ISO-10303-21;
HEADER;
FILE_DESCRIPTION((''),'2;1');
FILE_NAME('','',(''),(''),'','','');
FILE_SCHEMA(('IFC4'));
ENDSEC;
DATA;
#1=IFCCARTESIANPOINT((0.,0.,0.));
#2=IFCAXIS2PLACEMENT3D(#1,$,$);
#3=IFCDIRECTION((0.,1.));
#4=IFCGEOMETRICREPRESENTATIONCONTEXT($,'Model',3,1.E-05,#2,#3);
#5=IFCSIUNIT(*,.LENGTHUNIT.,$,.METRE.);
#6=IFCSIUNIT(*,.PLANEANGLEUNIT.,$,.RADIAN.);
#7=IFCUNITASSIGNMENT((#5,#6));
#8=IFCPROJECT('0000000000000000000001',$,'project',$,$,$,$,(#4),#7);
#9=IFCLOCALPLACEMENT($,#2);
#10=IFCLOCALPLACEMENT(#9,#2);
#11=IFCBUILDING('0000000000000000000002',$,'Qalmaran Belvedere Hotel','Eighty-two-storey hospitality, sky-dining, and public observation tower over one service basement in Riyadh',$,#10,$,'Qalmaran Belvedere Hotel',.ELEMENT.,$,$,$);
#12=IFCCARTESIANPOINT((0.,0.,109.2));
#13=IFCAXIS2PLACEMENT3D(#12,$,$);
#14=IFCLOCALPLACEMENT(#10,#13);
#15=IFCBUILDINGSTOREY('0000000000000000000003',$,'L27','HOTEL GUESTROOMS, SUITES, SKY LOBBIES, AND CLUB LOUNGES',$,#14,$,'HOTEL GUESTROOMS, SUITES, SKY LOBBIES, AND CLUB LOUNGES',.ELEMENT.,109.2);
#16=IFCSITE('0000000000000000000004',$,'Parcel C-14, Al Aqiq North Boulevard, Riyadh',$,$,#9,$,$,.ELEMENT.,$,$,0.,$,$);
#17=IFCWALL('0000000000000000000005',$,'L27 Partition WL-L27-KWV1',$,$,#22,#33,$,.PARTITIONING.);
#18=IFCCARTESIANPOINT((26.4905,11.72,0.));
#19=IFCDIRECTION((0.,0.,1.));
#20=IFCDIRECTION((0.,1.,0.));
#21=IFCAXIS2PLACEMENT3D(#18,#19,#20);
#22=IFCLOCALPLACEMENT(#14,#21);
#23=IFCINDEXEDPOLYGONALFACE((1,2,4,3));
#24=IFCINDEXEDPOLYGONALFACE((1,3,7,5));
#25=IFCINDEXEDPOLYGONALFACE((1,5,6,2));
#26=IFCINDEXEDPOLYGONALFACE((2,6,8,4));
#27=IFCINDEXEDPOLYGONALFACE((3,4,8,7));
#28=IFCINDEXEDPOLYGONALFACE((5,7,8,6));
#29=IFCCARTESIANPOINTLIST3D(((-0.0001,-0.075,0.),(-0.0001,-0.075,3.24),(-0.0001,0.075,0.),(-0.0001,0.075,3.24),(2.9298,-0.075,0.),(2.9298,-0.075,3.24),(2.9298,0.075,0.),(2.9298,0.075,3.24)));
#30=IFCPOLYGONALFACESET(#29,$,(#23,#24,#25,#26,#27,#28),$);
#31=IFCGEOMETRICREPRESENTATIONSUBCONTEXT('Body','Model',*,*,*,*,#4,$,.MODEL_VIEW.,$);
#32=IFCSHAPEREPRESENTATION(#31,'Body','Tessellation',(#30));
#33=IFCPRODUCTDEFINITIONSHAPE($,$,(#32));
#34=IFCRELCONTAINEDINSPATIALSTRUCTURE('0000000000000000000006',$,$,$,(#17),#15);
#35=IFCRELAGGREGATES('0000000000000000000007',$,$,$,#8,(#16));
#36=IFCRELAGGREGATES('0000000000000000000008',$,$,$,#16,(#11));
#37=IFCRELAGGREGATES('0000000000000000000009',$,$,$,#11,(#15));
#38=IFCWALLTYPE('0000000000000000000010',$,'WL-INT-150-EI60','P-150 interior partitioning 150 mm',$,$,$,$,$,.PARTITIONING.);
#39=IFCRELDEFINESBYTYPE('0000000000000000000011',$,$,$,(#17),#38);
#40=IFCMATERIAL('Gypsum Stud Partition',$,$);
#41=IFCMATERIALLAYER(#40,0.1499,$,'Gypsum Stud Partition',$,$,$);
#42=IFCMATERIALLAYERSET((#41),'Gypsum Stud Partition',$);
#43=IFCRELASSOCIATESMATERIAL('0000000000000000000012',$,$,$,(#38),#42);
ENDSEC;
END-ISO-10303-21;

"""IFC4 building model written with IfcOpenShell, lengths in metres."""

from ifc_helpers import new_model, si_unit, direction, frame, frame_2d, origin, place, context, subcontext, project, spatial, rectangle, extrude, material, layer, layer_set, type_object, element, save


model = new_model("IFC4")

# Units and contexts
model_context = context("Model", 3, precision=1e-05, world=origin(), true_north=direction((0.0, 1.0)))
body_context = subcontext(model_context, "Body", "Model", "MODEL_VIEW")
ifc_project = project(units=[si_unit("LENGTHUNIT", "METRE"), si_unit("PLANEANGLEUNIT", "RADIAN")], contexts=[model_context])

# Site, building, storey
site_placement = place(None, origin())
site = spatial("IfcSite", under=ifc_project, at=site_placement, Name="Parcel C-14, Al Aqiq North Boulevard, Riyadh", CompositionType="ELEMENT", RefElevation=0.0)
building_placement = place(site_placement, origin())
building = spatial("IfcBuilding", under=site, at=building_placement, Name="Qalmaran Belvedere Hotel", Description="Eighty-two-storey hospitality, sky-dining, and public observation tower over one service basement in Riyadh", LongName="Qalmaran Belvedere Hotel", CompositionType="ELEMENT")
storey_placement = place(building_placement, frame((0.0, 0.0, 109.2)))
storey = spatial("IfcBuildingStorey", under=building, at=storey_placement, Name="L27", Description="HOTEL GUESTROOMS, SUITES, SKY LOBBIES, AND CLUB LOUNGES", LongName="HOTEL GUESTROOMS, SUITES, SKY LOBBIES, AND CLUB LOUNGES", CompositionType="ELEMENT", Elevation=109.2)

# Wall
ifc_material_1 = material(Name="Gypsum Stud Partition")
ifc_layer_1 = layer(ifc_material_1, 0.1499, Name="Gypsum Stud Partition")
ifc_layer_set_1 = layer_set([ifc_layer_1], Name="Gypsum Stud Partition")
wall_type_1 = type_object("IfcWallType", Name="WL-INT-150-EI60", Description="P-150 interior partitioning 150 mm", PredefinedType="PARTITIONING", material=ifc_layer_set_1)
wall_1_placement = place(storey_placement, frame((26.4905, 11.72, 0.0), z_axis=(0.0, 0.0, 1.0), x_axis=(0.0, 1.0, 0.0)))
element("IfcWall", 1, at=wall_1_placement, inside=storey, type_object=wall_type_1, Name="L27 Partition WL-L27-KWV1", PredefinedType="PARTITIONING", context=body_context, shape_type="SweptSolid", body=[
    extrude(rectangle(XDim=2.9299, YDim=0.1499, at=frame_2d((1.4648, 0.0))), origin(), (0.0, 0.0, 1.0), 3.24),
])

save(model, "model.ifc")
